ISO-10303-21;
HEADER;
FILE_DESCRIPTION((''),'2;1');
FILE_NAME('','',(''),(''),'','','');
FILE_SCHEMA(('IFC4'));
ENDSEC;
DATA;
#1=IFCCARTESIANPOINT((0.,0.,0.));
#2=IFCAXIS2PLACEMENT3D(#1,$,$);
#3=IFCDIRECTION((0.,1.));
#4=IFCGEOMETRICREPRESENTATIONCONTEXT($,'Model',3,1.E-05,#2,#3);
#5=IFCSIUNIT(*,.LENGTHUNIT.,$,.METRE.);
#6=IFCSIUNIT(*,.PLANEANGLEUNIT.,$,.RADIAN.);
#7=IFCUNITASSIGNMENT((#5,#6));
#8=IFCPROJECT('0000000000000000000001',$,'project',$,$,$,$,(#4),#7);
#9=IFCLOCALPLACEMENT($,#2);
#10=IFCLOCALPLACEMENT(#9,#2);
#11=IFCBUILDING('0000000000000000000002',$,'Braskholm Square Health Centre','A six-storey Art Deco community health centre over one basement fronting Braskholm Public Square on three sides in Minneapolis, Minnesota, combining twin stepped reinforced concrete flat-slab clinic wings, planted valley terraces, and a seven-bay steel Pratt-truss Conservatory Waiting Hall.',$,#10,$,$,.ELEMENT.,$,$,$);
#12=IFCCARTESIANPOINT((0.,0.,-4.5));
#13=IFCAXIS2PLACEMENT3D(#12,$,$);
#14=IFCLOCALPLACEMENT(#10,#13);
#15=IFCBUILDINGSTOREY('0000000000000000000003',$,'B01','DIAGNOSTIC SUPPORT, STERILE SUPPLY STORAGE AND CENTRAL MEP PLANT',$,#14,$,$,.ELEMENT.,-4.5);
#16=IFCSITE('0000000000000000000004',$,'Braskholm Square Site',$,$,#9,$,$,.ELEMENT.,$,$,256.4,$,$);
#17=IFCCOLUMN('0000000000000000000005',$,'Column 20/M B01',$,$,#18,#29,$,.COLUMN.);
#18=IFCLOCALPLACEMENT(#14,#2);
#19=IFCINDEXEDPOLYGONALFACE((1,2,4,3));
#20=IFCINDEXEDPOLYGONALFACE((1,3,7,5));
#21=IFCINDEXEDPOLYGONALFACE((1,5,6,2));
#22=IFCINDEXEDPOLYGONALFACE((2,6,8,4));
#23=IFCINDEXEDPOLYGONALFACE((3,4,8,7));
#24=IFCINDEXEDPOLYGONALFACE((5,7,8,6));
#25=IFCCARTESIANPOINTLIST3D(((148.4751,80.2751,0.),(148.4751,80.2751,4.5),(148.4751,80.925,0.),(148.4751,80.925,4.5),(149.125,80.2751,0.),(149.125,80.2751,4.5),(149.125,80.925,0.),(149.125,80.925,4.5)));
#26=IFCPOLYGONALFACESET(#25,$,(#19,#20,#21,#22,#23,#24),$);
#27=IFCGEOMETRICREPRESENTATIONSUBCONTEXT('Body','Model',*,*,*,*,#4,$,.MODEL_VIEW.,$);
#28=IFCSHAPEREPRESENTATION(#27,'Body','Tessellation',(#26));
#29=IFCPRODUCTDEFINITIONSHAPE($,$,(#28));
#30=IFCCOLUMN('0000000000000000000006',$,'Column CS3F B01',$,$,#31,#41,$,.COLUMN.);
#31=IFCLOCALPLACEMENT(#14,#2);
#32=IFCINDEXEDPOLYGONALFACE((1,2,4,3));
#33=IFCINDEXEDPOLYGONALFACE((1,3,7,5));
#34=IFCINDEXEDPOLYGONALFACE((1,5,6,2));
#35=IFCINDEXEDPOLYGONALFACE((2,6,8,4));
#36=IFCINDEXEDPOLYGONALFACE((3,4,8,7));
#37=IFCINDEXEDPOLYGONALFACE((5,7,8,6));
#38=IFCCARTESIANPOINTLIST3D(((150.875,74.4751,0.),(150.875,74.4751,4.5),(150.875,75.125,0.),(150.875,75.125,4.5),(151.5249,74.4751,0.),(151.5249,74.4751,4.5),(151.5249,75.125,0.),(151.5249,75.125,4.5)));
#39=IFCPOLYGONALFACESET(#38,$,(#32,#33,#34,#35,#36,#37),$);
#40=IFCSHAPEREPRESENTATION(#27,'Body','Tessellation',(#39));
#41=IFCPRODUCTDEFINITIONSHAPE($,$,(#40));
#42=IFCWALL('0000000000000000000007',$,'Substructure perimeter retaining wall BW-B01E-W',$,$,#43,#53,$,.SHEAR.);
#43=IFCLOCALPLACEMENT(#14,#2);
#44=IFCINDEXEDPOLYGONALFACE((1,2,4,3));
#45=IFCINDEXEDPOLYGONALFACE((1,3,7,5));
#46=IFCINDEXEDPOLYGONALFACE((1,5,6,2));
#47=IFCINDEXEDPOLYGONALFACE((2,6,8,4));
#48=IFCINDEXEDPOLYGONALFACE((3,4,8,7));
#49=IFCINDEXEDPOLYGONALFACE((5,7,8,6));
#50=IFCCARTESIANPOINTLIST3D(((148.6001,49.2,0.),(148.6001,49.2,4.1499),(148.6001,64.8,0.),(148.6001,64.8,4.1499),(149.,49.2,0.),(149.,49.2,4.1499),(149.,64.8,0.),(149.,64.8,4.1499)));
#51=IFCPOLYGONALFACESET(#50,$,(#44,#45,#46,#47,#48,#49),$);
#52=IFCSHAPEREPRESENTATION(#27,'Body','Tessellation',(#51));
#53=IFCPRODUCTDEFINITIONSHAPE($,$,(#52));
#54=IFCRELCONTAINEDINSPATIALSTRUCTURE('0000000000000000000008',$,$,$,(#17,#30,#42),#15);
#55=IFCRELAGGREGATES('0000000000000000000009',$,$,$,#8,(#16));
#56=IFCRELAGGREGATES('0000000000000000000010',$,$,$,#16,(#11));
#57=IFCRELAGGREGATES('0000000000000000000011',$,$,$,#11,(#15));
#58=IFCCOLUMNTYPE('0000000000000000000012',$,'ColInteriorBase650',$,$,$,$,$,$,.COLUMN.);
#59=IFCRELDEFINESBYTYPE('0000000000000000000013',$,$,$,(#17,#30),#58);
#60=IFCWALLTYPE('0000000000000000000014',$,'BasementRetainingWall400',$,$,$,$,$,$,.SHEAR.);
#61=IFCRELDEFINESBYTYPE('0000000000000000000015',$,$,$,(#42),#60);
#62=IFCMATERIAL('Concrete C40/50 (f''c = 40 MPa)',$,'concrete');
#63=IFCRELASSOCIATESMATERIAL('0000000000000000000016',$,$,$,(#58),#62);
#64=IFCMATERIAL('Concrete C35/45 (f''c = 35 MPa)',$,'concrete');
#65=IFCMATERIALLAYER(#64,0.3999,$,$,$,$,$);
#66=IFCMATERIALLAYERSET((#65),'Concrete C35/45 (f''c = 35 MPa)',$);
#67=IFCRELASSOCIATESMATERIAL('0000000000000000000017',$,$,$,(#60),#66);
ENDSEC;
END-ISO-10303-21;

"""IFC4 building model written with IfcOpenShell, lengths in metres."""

from ifc_helpers import new_model, si_unit, direction, frame, frame_2d, origin, origin_2d, place, context, subcontext, project, spatial, rectangle, extrude, material, layer, layer_set, material_profile, profile_set, type_object, element, save


model = new_model("IFC4")

# Units and contexts
model_context = context("Model", 3, precision=1e-05, world=origin(), true_north=direction((0.0, 1.0)))
body_context = subcontext(model_context, "Body", "Model", "MODEL_VIEW")
ifc_project = project(units=[si_unit("LENGTHUNIT", "METRE"), si_unit("PLANEANGLEUNIT", "RADIAN")], contexts=[model_context])

# Site, building, storey
site_placement = place(None, origin())
site = spatial("IfcSite", under=ifc_project, at=site_placement, Name="Braskholm Square Site", CompositionType="ELEMENT", RefElevation=256.4)
building_placement = place(site_placement, origin())
building = spatial("IfcBuilding", under=site, at=building_placement, Name="Braskholm Square Health Centre", Description="A six-storey Art Deco community health centre over one basement fronting Braskholm Public Square on three sides in Minneapolis, Minnesota, combining twin stepped reinforced concrete flat-slab clinic wings, planted valley terraces, and a seven-bay steel Pratt-truss Conservatory Waiting Hall.", CompositionType="ELEMENT")
storey_placement = place(building_placement, frame((0.0, 0.0, -4.5)))
storey = spatial("IfcBuildingStorey", under=building, at=storey_placement, Name="B01", Description="DIAGNOSTIC SUPPORT, STERILE SUPPLY STORAGE AND CENTRAL MEP PLANT", CompositionType="ELEMENT", Elevation=-4.5)

# Shared definitions
ifc_material_1 = material(Name="Concrete C40/50 (f'c = 40 MPa)", Category="concrete")

# Columns
ifc_material_profile_1 = material_profile(ifc_material_1, rectangle(XDim=0.6499, YDim=0.6499, at=origin_2d()), Name="RC-650X650")
ifc_profile_set_1 = profile_set([ifc_material_profile_1], Name="Concrete C40/50 (f'c = 40 MPa)")
column_type = type_object("IfcColumnType", Name="ColInteriorBase650", PredefinedType="COLUMN", material=ifc_profile_set_1)
for number, where, z_axis, x_axis, name in (
    (1, (148.8, 80.6001, 0.0), (0.0, 0.0, 1.0), (1.0, 0.0, 0.0), "Column 20/M B01"),
    (2, (151.2, 74.8, 0.0), (0.0, 0.0, 1.0), (1.0, 0.0, 0.0), "Column CS3F B01"),
):
    element("IfcColumn", number, at=place(storey_placement, frame(where, z_axis=z_axis, x_axis=x_axis)), inside=storey, type_object=column_type, Name=name, PredefinedType="COLUMN", context=body_context, shape_type="SweptSolid", body=[
        extrude(rectangle(XDim=0.6499, YDim=0.6499, at=origin_2d()), origin(), (0.0, 0.0, 1.0), 4.5),
    ])

# Wall
ifc_material_2 = material(Name="Concrete C35/45 (f'c = 35 MPa)", Category="concrete")
ifc_layer = layer(ifc_material_2, 0.3999)
ifc_layer_set = layer_set([ifc_layer], Name="Concrete C35/45 (f'c = 35 MPa)")
wall_type = type_object("IfcWallType", Name="BasementRetainingWall400", PredefinedType="SHEAR", material=ifc_layer_set)
wall_placement = place(storey_placement, frame((148.8, 64.8, 0.0), z_axis=(0.0, 0.0, 1.0), x_axis=(0.0, -1.0, 0.0)))
element("IfcWall", 3, at=wall_placement, inside=storey, type_object=wall_type, Name="Substructure perimeter retaining wall BW-B01E-W", PredefinedType="SHEAR", context=body_context, shape_type="SweptSolid", body=[
    extrude(rectangle(XDim=15.6001, YDim=0.3999, at=frame_2d((7.8, 0.0))), origin(), (0.0, 0.0, 1.0), 4.1499),
])

save(model, "model.ifc")
